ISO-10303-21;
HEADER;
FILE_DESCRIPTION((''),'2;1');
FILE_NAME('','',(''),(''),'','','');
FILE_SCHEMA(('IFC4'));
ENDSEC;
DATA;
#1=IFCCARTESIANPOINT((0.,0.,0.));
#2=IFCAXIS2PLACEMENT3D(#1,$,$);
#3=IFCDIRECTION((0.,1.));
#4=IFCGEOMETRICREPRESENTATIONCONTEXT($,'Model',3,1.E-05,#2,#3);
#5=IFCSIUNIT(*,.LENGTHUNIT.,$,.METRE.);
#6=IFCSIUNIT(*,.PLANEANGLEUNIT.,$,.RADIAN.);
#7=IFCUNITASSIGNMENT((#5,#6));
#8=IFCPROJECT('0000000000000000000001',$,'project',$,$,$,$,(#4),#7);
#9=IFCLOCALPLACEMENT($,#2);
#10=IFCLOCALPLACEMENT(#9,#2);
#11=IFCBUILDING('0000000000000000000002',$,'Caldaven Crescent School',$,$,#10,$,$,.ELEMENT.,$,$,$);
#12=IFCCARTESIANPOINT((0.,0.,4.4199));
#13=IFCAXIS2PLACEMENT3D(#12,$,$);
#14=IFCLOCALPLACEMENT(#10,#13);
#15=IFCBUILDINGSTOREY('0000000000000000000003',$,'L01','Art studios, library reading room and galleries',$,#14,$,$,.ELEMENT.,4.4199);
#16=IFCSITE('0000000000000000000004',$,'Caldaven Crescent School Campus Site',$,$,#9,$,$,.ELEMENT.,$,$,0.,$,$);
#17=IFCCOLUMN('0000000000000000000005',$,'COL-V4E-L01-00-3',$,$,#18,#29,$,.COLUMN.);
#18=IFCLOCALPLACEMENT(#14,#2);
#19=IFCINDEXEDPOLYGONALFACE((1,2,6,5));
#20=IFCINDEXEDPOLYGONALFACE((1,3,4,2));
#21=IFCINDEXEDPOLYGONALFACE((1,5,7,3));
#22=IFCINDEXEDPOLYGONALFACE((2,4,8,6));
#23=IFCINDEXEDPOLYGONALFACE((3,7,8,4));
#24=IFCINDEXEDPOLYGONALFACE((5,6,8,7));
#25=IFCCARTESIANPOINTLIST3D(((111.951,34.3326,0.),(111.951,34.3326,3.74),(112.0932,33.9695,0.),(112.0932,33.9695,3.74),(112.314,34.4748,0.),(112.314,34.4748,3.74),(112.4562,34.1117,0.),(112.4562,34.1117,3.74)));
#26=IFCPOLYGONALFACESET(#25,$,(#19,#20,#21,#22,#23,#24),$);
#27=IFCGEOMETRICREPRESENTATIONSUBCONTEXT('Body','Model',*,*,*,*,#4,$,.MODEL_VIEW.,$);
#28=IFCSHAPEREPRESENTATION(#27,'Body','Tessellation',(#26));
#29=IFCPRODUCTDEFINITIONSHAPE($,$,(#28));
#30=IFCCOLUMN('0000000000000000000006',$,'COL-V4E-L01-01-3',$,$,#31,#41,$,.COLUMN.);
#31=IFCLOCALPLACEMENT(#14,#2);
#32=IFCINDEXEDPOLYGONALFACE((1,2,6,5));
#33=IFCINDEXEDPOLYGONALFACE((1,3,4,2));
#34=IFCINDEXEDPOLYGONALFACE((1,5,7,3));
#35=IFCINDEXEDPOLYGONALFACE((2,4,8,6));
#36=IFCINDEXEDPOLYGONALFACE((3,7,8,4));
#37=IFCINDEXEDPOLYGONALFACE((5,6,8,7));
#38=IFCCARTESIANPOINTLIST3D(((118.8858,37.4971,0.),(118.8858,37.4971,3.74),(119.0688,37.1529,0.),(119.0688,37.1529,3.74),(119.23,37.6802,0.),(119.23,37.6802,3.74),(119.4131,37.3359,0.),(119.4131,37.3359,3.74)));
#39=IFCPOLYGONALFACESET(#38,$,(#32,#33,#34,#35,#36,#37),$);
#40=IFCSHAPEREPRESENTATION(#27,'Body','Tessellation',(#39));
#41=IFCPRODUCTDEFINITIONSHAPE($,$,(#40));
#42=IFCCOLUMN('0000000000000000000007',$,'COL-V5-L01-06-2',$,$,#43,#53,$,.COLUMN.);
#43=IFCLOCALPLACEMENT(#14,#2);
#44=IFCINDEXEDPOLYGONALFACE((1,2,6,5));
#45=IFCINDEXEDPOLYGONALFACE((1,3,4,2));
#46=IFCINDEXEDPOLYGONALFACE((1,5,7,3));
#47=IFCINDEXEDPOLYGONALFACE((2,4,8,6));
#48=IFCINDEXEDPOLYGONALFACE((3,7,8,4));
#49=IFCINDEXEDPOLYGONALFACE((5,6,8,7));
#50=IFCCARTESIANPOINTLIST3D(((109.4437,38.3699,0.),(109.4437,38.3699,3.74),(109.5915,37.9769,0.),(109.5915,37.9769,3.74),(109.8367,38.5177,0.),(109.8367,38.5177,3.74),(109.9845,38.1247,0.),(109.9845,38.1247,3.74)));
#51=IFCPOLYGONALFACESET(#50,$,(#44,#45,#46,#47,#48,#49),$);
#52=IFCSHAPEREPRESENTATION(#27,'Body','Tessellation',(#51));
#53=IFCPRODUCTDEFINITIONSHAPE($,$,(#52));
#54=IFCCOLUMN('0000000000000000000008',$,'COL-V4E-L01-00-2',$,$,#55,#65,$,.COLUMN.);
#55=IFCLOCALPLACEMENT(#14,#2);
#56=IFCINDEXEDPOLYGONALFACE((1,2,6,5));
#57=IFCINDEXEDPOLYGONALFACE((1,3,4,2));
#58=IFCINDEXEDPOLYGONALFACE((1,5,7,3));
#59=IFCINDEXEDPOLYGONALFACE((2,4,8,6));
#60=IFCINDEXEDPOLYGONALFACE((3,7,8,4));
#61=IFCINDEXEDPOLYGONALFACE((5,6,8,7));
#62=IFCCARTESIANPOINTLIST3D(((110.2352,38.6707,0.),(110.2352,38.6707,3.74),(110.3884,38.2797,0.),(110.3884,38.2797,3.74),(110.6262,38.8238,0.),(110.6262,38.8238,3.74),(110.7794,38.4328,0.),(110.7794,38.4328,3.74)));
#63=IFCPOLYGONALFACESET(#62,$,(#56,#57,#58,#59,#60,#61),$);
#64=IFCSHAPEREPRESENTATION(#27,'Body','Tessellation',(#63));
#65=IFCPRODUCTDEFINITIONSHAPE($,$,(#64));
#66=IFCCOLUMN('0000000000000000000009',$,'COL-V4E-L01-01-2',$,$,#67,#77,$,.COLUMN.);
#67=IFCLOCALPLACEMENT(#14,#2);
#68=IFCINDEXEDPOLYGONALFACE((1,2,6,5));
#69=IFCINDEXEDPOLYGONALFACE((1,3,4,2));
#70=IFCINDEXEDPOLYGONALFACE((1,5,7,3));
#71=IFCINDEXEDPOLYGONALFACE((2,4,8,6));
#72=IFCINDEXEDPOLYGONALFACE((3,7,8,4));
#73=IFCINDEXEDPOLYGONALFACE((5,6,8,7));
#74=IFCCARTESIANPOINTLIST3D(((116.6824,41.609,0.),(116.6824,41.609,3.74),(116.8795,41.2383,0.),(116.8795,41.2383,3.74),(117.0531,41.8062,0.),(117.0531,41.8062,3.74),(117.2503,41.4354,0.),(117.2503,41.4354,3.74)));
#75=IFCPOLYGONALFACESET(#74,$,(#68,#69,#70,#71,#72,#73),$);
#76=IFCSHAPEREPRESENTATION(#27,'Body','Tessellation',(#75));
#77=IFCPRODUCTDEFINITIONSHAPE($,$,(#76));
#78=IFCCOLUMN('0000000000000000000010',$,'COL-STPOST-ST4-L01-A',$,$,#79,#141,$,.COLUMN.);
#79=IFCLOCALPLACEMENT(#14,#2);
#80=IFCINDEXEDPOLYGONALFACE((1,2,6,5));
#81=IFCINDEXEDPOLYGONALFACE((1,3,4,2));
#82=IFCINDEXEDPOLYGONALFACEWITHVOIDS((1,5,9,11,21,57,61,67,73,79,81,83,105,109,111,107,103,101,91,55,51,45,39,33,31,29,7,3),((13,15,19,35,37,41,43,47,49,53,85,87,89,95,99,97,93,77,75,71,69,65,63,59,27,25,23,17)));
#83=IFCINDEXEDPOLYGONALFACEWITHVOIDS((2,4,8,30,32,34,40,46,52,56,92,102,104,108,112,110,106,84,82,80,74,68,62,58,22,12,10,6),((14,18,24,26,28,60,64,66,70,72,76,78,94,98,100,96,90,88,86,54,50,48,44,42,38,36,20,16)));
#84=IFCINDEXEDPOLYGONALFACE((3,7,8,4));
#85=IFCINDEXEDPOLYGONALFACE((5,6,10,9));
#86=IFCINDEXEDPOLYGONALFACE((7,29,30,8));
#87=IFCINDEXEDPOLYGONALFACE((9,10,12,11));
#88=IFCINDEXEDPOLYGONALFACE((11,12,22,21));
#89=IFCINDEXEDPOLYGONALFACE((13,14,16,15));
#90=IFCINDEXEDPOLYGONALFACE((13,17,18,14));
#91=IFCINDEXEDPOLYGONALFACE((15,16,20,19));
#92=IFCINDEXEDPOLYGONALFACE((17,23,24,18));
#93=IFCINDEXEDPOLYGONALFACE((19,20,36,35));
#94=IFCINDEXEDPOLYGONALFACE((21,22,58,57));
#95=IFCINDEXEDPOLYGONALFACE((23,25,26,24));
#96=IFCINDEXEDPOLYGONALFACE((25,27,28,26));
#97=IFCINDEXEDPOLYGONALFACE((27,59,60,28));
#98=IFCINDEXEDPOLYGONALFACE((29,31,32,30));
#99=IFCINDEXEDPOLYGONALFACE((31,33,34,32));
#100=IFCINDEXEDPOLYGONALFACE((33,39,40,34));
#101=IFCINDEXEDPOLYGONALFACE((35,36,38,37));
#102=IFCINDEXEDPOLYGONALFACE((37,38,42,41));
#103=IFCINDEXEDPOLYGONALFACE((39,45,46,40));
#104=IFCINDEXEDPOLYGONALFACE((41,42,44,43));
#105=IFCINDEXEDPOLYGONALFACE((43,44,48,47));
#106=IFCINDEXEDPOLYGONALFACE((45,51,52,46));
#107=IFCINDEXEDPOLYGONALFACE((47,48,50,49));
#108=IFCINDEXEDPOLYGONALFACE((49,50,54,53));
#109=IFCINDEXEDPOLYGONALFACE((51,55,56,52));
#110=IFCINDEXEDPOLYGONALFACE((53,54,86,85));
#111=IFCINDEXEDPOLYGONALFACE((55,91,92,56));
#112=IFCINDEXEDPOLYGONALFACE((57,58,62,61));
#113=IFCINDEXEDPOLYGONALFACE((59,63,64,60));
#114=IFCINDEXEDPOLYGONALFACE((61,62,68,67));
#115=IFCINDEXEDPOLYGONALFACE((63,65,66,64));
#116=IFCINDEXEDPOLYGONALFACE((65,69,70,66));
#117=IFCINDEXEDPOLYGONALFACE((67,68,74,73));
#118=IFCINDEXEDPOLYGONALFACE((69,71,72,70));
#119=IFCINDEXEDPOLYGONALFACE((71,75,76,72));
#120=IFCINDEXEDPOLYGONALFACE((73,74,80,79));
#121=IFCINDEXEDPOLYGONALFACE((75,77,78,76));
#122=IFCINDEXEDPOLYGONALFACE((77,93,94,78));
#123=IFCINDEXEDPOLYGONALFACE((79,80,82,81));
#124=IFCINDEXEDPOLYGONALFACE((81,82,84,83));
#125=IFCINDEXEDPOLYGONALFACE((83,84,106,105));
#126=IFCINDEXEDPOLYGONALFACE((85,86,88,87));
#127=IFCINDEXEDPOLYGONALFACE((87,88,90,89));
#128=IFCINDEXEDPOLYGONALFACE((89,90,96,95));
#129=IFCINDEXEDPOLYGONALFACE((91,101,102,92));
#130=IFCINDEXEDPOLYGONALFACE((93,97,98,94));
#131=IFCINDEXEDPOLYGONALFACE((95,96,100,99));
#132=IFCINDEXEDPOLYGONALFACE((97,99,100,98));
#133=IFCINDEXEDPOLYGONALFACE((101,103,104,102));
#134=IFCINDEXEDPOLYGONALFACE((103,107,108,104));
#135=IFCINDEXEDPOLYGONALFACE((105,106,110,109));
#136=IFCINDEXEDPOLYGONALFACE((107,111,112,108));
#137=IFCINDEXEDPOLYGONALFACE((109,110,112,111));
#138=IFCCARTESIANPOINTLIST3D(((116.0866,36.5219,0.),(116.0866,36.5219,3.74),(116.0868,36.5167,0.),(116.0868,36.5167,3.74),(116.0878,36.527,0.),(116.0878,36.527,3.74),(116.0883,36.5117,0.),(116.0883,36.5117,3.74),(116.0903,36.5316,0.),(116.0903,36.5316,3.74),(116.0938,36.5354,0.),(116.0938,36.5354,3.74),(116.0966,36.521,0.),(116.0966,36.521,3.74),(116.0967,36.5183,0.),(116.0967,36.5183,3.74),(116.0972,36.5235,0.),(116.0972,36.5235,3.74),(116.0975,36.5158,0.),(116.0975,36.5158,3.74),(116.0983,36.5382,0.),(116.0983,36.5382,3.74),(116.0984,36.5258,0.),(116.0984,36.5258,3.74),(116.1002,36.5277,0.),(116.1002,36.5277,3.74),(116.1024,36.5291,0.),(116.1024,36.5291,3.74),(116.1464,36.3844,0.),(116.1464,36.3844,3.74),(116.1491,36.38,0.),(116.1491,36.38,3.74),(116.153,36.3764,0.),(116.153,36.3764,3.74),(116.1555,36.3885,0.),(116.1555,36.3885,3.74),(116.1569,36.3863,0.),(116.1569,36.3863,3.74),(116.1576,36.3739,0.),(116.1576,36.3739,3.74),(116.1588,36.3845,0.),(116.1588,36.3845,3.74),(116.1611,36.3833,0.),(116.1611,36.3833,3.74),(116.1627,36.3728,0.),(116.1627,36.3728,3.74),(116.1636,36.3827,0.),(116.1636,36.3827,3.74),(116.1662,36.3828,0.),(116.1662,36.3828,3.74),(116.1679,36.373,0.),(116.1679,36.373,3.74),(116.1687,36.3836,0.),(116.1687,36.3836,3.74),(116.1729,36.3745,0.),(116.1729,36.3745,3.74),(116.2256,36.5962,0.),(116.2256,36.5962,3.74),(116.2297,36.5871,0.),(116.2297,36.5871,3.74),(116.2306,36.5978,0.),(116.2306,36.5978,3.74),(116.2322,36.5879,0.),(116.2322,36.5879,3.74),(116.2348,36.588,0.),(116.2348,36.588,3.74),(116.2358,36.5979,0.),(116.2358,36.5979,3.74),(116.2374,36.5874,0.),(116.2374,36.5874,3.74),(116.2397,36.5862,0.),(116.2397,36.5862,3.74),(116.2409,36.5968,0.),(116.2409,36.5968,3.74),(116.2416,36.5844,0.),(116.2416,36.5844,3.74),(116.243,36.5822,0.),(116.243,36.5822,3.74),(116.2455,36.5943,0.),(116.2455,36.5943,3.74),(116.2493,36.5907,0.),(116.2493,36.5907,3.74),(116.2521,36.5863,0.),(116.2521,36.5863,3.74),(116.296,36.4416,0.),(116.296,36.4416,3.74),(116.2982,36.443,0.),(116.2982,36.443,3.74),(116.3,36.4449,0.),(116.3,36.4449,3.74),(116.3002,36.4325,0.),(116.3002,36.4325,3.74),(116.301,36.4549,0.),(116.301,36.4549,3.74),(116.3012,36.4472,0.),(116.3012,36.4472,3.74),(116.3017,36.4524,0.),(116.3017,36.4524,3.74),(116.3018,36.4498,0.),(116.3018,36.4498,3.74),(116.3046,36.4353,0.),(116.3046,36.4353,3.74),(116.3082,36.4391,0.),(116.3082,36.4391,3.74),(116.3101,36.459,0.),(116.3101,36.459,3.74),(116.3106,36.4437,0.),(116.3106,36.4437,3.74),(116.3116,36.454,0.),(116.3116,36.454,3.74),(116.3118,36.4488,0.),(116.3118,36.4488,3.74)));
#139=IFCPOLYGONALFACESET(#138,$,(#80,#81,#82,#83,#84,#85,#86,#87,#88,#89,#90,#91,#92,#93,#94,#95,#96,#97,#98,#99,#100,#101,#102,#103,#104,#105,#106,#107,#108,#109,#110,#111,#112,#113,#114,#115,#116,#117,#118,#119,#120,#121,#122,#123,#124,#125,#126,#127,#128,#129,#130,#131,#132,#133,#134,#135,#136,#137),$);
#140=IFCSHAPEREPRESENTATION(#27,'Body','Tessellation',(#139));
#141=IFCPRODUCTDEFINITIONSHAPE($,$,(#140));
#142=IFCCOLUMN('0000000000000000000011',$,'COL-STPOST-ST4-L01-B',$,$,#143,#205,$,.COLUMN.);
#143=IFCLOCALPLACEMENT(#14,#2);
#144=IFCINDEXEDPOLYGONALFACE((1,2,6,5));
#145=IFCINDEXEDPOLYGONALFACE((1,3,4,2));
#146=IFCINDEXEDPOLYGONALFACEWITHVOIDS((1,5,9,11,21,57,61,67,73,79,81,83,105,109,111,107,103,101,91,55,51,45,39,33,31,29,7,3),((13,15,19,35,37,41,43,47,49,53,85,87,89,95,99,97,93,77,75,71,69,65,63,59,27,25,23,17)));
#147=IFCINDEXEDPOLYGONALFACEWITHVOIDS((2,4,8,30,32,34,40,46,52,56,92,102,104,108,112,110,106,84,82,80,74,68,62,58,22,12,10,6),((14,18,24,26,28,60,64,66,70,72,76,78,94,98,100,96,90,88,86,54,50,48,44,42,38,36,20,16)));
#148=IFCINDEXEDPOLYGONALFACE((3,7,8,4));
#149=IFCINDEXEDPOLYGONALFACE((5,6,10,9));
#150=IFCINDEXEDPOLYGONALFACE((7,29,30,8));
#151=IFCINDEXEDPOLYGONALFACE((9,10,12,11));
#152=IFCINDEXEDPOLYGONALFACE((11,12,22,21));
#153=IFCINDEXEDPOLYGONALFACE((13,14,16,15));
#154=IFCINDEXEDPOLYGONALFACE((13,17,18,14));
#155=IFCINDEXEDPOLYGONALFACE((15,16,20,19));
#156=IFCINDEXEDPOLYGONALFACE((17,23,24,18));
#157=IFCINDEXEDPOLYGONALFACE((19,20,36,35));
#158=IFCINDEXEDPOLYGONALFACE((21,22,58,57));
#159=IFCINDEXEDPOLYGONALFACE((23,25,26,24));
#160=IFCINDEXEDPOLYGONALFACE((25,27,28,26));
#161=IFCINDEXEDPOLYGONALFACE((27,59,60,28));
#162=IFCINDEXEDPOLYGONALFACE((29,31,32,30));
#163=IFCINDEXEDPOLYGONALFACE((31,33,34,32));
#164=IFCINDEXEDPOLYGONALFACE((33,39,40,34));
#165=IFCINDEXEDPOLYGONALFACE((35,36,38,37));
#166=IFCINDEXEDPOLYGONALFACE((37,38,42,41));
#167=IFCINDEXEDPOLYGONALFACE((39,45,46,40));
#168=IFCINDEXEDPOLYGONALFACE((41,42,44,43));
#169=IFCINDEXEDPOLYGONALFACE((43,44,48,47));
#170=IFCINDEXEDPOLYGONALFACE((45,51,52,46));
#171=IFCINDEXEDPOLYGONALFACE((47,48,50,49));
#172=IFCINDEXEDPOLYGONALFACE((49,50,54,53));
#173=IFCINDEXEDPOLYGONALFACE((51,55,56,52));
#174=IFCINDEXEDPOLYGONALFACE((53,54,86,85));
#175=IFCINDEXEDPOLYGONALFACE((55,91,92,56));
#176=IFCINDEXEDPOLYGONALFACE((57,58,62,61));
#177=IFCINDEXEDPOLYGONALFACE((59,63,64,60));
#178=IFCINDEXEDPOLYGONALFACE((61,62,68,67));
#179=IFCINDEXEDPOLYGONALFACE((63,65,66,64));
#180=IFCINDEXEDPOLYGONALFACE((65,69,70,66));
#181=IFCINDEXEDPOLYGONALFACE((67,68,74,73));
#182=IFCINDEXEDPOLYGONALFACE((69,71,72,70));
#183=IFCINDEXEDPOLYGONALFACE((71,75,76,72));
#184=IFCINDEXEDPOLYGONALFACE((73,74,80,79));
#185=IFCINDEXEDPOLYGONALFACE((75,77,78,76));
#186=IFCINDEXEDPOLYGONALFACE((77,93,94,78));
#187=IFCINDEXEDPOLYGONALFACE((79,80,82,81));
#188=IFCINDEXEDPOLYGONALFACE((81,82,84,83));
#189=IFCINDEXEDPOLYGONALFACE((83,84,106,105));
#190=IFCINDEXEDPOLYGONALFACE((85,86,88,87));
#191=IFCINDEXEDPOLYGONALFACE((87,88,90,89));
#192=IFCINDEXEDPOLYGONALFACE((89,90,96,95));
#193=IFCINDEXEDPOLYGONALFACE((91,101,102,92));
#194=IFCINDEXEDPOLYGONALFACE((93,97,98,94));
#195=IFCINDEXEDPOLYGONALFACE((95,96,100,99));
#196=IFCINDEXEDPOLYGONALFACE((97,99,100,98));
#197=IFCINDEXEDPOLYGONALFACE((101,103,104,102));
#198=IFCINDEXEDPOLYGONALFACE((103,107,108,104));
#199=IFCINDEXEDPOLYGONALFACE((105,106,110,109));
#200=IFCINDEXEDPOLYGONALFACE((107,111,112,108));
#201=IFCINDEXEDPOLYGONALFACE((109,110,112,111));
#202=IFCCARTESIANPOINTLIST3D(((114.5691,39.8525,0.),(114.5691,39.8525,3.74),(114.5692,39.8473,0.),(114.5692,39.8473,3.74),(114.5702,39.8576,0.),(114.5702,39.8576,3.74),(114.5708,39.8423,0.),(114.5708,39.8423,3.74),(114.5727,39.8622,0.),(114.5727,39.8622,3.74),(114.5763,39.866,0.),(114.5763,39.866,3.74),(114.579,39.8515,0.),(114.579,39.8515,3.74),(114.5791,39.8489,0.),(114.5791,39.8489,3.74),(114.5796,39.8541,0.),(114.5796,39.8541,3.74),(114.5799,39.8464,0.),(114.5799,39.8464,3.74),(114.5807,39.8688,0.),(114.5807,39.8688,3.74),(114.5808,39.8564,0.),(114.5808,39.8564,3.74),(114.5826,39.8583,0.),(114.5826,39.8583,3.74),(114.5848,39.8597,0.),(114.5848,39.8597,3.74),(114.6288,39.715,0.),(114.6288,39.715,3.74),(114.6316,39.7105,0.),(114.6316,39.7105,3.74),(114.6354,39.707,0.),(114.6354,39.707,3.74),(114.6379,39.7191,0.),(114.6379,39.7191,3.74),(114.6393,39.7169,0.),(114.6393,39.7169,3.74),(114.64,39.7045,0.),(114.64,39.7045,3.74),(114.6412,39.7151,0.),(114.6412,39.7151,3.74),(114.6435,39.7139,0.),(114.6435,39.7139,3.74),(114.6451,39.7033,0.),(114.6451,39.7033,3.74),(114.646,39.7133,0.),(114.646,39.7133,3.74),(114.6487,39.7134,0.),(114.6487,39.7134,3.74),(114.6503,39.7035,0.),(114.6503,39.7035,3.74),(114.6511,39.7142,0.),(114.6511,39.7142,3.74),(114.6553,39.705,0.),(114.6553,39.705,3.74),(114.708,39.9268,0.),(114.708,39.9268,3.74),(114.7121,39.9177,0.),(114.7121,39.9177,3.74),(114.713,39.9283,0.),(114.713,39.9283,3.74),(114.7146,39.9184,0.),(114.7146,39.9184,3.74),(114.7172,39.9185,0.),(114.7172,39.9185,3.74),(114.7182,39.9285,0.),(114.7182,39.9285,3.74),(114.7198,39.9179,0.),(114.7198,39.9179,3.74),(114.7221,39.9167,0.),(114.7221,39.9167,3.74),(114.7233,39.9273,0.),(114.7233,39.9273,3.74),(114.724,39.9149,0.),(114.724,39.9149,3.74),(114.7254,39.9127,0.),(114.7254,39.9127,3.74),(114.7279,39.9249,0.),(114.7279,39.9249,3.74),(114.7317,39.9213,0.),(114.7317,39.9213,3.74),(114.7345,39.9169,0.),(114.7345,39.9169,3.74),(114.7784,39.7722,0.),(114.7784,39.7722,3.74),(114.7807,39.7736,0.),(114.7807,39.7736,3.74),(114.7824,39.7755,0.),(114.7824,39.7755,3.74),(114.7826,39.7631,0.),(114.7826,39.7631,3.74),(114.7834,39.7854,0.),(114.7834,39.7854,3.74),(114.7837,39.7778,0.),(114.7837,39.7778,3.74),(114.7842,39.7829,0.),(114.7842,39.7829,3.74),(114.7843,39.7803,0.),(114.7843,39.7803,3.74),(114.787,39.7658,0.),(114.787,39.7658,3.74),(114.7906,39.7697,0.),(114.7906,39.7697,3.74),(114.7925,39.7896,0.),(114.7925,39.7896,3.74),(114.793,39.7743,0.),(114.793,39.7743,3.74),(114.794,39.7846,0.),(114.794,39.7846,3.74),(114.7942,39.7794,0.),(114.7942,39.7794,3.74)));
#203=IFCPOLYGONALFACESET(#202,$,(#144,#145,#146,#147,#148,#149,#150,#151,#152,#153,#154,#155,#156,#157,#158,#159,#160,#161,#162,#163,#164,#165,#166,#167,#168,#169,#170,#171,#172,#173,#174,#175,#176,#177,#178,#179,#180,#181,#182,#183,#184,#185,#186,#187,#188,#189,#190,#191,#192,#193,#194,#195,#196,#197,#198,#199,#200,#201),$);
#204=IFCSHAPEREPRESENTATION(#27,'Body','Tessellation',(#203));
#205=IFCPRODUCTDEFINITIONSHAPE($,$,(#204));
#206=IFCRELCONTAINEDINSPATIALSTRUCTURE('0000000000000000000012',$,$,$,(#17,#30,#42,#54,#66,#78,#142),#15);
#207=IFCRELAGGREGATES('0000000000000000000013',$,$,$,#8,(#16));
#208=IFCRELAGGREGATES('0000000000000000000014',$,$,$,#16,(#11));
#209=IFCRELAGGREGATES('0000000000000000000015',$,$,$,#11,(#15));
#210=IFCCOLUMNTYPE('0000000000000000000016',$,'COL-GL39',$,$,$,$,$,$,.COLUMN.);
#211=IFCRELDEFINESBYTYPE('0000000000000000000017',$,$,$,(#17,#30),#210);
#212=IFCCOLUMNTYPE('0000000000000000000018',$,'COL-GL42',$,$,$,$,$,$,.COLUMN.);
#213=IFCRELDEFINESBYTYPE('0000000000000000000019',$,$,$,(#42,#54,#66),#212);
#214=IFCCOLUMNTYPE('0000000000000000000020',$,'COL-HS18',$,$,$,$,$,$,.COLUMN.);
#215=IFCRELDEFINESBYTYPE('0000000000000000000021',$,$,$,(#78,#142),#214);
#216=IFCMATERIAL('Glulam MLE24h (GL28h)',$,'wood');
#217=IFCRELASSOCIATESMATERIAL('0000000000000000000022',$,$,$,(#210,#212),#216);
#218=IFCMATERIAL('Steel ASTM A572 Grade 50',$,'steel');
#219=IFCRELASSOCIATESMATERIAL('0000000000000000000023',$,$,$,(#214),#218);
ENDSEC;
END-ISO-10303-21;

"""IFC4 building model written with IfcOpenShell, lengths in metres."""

from ifc_helpers import new_model, si_unit, direction, frame, origin, origin_2d, place, context, subcontext, project, spatial, rectangle, hollow_rectangle, extrude, material, material_profile, profile_set, type_object, element, save


model = new_model("IFC4")

# Units and contexts
model_context = context("Model", 3, precision=1e-05, world=origin(), true_north=direction((0.0, 1.0)))
body_context = subcontext(model_context, "Body", "Model", "MODEL_VIEW")
ifc_project = project(units=[si_unit("LENGTHUNIT", "METRE"), si_unit("PLANEANGLEUNIT", "RADIAN")], contexts=[model_context])

# Site, building, storey
site_placement = place(None, origin())
site = spatial("IfcSite", under=ifc_project, at=site_placement, Name="Caldaven Crescent School Campus Site", CompositionType="ELEMENT", RefElevation=0.0)
building_placement = place(site_placement, origin())
building = spatial("IfcBuilding", under=site, at=building_placement, Name="Caldaven Crescent School", CompositionType="ELEMENT")
storey_placement = place(building_placement, frame((0.0, 0.0, 4.4199)))
storey = spatial("IfcBuildingStorey", under=building, at=storey_placement, Name="L01", Description="Art studios, library reading room and galleries", CompositionType="ELEMENT", Elevation=4.4199)

# Columns
ifc_material_1 = material(Name="Glulam MLE24h (GL28h)", Category="wood")
ifc_material_profile_1 = material_profile(ifc_material_1, rectangle(XDim=0.3899, YDim=0.3899, at=origin_2d()), Name="MLE 390x390")
ifc_profile_set_1 = profile_set([ifc_material_profile_1], Name="Glulam MLE24h (GL28h)")
column_type_1 = type_object("IfcColumnType", Name="COL-GL39", PredefinedType="COLUMN", material=ifc_profile_set_1)
for number, where, z_axis, x_axis, name in (
    (1, (112.2036, 34.2222, 0.0), (0.0, 0.0, 1.0), (0.364714, -0.931119, 0.0), "COL-V4E-L01-00-3"),
    (2, (119.1494, 37.4165, 0.0), (0.0, 0.0, 1.0), (0.469472, -0.882948, 0.0), "COL-V4E-L01-01-3"),
):
    element("IfcColumn", number, at=place(storey_placement, frame(where, z_axis=z_axis, x_axis=x_axis)), inside=storey, type_object=column_type_1, Name=name, PredefinedType="COLUMN", context=body_context, shape_type="SweptSolid", body=[
        extrude(rectangle(XDim=0.3899, YDim=0.3899, at=origin_2d()), origin(), (0.0, 0.0, 1.0), 3.74),
    ])
ifc_material_profile_2 = material_profile(ifc_material_1, rectangle(XDim=0.4199, YDim=0.4199, at=origin_2d()), Name="MLE 420x420")
ifc_profile_set_2 = profile_set([ifc_material_profile_2], Name="Glulam MLE24h (GL28h)")
column_type_2 = type_object("IfcColumnType", Name="COL-GL42", PredefinedType="COLUMN", material=ifc_profile_set_2)
for number, where, z_axis, x_axis, name in (
    (3, (109.7141, 38.2473, 0.0), (0.0, 0.0, 1.0), (0.352005, -0.935998, 0.0), "COL-V5-L01-06-2"),
    (4, (110.5073, 38.5518, 0.0), (0.0, 0.0, 1.0), (0.364714, -0.931119, 0.0), "COL-V4E-L01-00-2"),
    (5, (116.9663, 41.5222, 0.0), (0.0, 0.0, 1.0), (0.469472, -0.882948, 0.0), "COL-V4E-L01-01-2"),
):
    element("IfcColumn", number, at=place(storey_placement, frame(where, z_axis=z_axis, x_axis=x_axis)), inside=storey, type_object=column_type_2, Name=name, PredefinedType="COLUMN", context=body_context, shape_type="SweptSolid", body=[
        extrude(rectangle(XDim=0.4199, YDim=0.4199, at=origin_2d()), origin(), (0.0, 0.0, 1.0), 3.74),
    ])
ifc_material_2 = material(Name="Steel ASTM A572 Grade 50", Category="steel")
ifc_material_profile_3 = material_profile(ifc_material_2, hollow_rectangle(XDim=0.1799, YDim=0.1799, WallThickness=0.01, InnerFilletRadius=0.01, OuterFilletRadius=0.02, at=origin_2d()), Name="HSS 180x180x10")
ifc_profile_set_3 = profile_set([ifc_material_profile_3], Name="Steel ASTM A572 Grade 50")
column_type_3 = type_object("IfcColumnType", Name="COL-HS18", PredefinedType="COLUMN", material=ifc_profile_set_3)
for number, where, z_axis, x_axis, name in (
    (6, (116.1992, 36.4854, 0.0), (0.0, 0.0, 1.0), (0.909961, 0.414693, 0.0), "COL-STPOST-ST4-L01-A"),
    (7, (114.6816, 39.8159, 0.0), (0.0, 0.0, 1.0), (0.909961, 0.414693, 0.0), "COL-STPOST-ST4-L01-B"),
):
    element("IfcColumn", number, at=place(storey_placement, frame(where, z_axis=z_axis, x_axis=x_axis)), inside=storey, type_object=column_type_3, Name=name, PredefinedType="COLUMN", context=body_context, shape_type="SweptSolid", body=[
        extrude(hollow_rectangle(XDim=0.1799, YDim=0.1799, WallThickness=0.01, InnerFilletRadius=0.01, OuterFilletRadius=0.02, at=origin_2d()), origin(), (0.0, 0.0, 1.0), 3.74),
    ])

save(model, "model.ifc")
